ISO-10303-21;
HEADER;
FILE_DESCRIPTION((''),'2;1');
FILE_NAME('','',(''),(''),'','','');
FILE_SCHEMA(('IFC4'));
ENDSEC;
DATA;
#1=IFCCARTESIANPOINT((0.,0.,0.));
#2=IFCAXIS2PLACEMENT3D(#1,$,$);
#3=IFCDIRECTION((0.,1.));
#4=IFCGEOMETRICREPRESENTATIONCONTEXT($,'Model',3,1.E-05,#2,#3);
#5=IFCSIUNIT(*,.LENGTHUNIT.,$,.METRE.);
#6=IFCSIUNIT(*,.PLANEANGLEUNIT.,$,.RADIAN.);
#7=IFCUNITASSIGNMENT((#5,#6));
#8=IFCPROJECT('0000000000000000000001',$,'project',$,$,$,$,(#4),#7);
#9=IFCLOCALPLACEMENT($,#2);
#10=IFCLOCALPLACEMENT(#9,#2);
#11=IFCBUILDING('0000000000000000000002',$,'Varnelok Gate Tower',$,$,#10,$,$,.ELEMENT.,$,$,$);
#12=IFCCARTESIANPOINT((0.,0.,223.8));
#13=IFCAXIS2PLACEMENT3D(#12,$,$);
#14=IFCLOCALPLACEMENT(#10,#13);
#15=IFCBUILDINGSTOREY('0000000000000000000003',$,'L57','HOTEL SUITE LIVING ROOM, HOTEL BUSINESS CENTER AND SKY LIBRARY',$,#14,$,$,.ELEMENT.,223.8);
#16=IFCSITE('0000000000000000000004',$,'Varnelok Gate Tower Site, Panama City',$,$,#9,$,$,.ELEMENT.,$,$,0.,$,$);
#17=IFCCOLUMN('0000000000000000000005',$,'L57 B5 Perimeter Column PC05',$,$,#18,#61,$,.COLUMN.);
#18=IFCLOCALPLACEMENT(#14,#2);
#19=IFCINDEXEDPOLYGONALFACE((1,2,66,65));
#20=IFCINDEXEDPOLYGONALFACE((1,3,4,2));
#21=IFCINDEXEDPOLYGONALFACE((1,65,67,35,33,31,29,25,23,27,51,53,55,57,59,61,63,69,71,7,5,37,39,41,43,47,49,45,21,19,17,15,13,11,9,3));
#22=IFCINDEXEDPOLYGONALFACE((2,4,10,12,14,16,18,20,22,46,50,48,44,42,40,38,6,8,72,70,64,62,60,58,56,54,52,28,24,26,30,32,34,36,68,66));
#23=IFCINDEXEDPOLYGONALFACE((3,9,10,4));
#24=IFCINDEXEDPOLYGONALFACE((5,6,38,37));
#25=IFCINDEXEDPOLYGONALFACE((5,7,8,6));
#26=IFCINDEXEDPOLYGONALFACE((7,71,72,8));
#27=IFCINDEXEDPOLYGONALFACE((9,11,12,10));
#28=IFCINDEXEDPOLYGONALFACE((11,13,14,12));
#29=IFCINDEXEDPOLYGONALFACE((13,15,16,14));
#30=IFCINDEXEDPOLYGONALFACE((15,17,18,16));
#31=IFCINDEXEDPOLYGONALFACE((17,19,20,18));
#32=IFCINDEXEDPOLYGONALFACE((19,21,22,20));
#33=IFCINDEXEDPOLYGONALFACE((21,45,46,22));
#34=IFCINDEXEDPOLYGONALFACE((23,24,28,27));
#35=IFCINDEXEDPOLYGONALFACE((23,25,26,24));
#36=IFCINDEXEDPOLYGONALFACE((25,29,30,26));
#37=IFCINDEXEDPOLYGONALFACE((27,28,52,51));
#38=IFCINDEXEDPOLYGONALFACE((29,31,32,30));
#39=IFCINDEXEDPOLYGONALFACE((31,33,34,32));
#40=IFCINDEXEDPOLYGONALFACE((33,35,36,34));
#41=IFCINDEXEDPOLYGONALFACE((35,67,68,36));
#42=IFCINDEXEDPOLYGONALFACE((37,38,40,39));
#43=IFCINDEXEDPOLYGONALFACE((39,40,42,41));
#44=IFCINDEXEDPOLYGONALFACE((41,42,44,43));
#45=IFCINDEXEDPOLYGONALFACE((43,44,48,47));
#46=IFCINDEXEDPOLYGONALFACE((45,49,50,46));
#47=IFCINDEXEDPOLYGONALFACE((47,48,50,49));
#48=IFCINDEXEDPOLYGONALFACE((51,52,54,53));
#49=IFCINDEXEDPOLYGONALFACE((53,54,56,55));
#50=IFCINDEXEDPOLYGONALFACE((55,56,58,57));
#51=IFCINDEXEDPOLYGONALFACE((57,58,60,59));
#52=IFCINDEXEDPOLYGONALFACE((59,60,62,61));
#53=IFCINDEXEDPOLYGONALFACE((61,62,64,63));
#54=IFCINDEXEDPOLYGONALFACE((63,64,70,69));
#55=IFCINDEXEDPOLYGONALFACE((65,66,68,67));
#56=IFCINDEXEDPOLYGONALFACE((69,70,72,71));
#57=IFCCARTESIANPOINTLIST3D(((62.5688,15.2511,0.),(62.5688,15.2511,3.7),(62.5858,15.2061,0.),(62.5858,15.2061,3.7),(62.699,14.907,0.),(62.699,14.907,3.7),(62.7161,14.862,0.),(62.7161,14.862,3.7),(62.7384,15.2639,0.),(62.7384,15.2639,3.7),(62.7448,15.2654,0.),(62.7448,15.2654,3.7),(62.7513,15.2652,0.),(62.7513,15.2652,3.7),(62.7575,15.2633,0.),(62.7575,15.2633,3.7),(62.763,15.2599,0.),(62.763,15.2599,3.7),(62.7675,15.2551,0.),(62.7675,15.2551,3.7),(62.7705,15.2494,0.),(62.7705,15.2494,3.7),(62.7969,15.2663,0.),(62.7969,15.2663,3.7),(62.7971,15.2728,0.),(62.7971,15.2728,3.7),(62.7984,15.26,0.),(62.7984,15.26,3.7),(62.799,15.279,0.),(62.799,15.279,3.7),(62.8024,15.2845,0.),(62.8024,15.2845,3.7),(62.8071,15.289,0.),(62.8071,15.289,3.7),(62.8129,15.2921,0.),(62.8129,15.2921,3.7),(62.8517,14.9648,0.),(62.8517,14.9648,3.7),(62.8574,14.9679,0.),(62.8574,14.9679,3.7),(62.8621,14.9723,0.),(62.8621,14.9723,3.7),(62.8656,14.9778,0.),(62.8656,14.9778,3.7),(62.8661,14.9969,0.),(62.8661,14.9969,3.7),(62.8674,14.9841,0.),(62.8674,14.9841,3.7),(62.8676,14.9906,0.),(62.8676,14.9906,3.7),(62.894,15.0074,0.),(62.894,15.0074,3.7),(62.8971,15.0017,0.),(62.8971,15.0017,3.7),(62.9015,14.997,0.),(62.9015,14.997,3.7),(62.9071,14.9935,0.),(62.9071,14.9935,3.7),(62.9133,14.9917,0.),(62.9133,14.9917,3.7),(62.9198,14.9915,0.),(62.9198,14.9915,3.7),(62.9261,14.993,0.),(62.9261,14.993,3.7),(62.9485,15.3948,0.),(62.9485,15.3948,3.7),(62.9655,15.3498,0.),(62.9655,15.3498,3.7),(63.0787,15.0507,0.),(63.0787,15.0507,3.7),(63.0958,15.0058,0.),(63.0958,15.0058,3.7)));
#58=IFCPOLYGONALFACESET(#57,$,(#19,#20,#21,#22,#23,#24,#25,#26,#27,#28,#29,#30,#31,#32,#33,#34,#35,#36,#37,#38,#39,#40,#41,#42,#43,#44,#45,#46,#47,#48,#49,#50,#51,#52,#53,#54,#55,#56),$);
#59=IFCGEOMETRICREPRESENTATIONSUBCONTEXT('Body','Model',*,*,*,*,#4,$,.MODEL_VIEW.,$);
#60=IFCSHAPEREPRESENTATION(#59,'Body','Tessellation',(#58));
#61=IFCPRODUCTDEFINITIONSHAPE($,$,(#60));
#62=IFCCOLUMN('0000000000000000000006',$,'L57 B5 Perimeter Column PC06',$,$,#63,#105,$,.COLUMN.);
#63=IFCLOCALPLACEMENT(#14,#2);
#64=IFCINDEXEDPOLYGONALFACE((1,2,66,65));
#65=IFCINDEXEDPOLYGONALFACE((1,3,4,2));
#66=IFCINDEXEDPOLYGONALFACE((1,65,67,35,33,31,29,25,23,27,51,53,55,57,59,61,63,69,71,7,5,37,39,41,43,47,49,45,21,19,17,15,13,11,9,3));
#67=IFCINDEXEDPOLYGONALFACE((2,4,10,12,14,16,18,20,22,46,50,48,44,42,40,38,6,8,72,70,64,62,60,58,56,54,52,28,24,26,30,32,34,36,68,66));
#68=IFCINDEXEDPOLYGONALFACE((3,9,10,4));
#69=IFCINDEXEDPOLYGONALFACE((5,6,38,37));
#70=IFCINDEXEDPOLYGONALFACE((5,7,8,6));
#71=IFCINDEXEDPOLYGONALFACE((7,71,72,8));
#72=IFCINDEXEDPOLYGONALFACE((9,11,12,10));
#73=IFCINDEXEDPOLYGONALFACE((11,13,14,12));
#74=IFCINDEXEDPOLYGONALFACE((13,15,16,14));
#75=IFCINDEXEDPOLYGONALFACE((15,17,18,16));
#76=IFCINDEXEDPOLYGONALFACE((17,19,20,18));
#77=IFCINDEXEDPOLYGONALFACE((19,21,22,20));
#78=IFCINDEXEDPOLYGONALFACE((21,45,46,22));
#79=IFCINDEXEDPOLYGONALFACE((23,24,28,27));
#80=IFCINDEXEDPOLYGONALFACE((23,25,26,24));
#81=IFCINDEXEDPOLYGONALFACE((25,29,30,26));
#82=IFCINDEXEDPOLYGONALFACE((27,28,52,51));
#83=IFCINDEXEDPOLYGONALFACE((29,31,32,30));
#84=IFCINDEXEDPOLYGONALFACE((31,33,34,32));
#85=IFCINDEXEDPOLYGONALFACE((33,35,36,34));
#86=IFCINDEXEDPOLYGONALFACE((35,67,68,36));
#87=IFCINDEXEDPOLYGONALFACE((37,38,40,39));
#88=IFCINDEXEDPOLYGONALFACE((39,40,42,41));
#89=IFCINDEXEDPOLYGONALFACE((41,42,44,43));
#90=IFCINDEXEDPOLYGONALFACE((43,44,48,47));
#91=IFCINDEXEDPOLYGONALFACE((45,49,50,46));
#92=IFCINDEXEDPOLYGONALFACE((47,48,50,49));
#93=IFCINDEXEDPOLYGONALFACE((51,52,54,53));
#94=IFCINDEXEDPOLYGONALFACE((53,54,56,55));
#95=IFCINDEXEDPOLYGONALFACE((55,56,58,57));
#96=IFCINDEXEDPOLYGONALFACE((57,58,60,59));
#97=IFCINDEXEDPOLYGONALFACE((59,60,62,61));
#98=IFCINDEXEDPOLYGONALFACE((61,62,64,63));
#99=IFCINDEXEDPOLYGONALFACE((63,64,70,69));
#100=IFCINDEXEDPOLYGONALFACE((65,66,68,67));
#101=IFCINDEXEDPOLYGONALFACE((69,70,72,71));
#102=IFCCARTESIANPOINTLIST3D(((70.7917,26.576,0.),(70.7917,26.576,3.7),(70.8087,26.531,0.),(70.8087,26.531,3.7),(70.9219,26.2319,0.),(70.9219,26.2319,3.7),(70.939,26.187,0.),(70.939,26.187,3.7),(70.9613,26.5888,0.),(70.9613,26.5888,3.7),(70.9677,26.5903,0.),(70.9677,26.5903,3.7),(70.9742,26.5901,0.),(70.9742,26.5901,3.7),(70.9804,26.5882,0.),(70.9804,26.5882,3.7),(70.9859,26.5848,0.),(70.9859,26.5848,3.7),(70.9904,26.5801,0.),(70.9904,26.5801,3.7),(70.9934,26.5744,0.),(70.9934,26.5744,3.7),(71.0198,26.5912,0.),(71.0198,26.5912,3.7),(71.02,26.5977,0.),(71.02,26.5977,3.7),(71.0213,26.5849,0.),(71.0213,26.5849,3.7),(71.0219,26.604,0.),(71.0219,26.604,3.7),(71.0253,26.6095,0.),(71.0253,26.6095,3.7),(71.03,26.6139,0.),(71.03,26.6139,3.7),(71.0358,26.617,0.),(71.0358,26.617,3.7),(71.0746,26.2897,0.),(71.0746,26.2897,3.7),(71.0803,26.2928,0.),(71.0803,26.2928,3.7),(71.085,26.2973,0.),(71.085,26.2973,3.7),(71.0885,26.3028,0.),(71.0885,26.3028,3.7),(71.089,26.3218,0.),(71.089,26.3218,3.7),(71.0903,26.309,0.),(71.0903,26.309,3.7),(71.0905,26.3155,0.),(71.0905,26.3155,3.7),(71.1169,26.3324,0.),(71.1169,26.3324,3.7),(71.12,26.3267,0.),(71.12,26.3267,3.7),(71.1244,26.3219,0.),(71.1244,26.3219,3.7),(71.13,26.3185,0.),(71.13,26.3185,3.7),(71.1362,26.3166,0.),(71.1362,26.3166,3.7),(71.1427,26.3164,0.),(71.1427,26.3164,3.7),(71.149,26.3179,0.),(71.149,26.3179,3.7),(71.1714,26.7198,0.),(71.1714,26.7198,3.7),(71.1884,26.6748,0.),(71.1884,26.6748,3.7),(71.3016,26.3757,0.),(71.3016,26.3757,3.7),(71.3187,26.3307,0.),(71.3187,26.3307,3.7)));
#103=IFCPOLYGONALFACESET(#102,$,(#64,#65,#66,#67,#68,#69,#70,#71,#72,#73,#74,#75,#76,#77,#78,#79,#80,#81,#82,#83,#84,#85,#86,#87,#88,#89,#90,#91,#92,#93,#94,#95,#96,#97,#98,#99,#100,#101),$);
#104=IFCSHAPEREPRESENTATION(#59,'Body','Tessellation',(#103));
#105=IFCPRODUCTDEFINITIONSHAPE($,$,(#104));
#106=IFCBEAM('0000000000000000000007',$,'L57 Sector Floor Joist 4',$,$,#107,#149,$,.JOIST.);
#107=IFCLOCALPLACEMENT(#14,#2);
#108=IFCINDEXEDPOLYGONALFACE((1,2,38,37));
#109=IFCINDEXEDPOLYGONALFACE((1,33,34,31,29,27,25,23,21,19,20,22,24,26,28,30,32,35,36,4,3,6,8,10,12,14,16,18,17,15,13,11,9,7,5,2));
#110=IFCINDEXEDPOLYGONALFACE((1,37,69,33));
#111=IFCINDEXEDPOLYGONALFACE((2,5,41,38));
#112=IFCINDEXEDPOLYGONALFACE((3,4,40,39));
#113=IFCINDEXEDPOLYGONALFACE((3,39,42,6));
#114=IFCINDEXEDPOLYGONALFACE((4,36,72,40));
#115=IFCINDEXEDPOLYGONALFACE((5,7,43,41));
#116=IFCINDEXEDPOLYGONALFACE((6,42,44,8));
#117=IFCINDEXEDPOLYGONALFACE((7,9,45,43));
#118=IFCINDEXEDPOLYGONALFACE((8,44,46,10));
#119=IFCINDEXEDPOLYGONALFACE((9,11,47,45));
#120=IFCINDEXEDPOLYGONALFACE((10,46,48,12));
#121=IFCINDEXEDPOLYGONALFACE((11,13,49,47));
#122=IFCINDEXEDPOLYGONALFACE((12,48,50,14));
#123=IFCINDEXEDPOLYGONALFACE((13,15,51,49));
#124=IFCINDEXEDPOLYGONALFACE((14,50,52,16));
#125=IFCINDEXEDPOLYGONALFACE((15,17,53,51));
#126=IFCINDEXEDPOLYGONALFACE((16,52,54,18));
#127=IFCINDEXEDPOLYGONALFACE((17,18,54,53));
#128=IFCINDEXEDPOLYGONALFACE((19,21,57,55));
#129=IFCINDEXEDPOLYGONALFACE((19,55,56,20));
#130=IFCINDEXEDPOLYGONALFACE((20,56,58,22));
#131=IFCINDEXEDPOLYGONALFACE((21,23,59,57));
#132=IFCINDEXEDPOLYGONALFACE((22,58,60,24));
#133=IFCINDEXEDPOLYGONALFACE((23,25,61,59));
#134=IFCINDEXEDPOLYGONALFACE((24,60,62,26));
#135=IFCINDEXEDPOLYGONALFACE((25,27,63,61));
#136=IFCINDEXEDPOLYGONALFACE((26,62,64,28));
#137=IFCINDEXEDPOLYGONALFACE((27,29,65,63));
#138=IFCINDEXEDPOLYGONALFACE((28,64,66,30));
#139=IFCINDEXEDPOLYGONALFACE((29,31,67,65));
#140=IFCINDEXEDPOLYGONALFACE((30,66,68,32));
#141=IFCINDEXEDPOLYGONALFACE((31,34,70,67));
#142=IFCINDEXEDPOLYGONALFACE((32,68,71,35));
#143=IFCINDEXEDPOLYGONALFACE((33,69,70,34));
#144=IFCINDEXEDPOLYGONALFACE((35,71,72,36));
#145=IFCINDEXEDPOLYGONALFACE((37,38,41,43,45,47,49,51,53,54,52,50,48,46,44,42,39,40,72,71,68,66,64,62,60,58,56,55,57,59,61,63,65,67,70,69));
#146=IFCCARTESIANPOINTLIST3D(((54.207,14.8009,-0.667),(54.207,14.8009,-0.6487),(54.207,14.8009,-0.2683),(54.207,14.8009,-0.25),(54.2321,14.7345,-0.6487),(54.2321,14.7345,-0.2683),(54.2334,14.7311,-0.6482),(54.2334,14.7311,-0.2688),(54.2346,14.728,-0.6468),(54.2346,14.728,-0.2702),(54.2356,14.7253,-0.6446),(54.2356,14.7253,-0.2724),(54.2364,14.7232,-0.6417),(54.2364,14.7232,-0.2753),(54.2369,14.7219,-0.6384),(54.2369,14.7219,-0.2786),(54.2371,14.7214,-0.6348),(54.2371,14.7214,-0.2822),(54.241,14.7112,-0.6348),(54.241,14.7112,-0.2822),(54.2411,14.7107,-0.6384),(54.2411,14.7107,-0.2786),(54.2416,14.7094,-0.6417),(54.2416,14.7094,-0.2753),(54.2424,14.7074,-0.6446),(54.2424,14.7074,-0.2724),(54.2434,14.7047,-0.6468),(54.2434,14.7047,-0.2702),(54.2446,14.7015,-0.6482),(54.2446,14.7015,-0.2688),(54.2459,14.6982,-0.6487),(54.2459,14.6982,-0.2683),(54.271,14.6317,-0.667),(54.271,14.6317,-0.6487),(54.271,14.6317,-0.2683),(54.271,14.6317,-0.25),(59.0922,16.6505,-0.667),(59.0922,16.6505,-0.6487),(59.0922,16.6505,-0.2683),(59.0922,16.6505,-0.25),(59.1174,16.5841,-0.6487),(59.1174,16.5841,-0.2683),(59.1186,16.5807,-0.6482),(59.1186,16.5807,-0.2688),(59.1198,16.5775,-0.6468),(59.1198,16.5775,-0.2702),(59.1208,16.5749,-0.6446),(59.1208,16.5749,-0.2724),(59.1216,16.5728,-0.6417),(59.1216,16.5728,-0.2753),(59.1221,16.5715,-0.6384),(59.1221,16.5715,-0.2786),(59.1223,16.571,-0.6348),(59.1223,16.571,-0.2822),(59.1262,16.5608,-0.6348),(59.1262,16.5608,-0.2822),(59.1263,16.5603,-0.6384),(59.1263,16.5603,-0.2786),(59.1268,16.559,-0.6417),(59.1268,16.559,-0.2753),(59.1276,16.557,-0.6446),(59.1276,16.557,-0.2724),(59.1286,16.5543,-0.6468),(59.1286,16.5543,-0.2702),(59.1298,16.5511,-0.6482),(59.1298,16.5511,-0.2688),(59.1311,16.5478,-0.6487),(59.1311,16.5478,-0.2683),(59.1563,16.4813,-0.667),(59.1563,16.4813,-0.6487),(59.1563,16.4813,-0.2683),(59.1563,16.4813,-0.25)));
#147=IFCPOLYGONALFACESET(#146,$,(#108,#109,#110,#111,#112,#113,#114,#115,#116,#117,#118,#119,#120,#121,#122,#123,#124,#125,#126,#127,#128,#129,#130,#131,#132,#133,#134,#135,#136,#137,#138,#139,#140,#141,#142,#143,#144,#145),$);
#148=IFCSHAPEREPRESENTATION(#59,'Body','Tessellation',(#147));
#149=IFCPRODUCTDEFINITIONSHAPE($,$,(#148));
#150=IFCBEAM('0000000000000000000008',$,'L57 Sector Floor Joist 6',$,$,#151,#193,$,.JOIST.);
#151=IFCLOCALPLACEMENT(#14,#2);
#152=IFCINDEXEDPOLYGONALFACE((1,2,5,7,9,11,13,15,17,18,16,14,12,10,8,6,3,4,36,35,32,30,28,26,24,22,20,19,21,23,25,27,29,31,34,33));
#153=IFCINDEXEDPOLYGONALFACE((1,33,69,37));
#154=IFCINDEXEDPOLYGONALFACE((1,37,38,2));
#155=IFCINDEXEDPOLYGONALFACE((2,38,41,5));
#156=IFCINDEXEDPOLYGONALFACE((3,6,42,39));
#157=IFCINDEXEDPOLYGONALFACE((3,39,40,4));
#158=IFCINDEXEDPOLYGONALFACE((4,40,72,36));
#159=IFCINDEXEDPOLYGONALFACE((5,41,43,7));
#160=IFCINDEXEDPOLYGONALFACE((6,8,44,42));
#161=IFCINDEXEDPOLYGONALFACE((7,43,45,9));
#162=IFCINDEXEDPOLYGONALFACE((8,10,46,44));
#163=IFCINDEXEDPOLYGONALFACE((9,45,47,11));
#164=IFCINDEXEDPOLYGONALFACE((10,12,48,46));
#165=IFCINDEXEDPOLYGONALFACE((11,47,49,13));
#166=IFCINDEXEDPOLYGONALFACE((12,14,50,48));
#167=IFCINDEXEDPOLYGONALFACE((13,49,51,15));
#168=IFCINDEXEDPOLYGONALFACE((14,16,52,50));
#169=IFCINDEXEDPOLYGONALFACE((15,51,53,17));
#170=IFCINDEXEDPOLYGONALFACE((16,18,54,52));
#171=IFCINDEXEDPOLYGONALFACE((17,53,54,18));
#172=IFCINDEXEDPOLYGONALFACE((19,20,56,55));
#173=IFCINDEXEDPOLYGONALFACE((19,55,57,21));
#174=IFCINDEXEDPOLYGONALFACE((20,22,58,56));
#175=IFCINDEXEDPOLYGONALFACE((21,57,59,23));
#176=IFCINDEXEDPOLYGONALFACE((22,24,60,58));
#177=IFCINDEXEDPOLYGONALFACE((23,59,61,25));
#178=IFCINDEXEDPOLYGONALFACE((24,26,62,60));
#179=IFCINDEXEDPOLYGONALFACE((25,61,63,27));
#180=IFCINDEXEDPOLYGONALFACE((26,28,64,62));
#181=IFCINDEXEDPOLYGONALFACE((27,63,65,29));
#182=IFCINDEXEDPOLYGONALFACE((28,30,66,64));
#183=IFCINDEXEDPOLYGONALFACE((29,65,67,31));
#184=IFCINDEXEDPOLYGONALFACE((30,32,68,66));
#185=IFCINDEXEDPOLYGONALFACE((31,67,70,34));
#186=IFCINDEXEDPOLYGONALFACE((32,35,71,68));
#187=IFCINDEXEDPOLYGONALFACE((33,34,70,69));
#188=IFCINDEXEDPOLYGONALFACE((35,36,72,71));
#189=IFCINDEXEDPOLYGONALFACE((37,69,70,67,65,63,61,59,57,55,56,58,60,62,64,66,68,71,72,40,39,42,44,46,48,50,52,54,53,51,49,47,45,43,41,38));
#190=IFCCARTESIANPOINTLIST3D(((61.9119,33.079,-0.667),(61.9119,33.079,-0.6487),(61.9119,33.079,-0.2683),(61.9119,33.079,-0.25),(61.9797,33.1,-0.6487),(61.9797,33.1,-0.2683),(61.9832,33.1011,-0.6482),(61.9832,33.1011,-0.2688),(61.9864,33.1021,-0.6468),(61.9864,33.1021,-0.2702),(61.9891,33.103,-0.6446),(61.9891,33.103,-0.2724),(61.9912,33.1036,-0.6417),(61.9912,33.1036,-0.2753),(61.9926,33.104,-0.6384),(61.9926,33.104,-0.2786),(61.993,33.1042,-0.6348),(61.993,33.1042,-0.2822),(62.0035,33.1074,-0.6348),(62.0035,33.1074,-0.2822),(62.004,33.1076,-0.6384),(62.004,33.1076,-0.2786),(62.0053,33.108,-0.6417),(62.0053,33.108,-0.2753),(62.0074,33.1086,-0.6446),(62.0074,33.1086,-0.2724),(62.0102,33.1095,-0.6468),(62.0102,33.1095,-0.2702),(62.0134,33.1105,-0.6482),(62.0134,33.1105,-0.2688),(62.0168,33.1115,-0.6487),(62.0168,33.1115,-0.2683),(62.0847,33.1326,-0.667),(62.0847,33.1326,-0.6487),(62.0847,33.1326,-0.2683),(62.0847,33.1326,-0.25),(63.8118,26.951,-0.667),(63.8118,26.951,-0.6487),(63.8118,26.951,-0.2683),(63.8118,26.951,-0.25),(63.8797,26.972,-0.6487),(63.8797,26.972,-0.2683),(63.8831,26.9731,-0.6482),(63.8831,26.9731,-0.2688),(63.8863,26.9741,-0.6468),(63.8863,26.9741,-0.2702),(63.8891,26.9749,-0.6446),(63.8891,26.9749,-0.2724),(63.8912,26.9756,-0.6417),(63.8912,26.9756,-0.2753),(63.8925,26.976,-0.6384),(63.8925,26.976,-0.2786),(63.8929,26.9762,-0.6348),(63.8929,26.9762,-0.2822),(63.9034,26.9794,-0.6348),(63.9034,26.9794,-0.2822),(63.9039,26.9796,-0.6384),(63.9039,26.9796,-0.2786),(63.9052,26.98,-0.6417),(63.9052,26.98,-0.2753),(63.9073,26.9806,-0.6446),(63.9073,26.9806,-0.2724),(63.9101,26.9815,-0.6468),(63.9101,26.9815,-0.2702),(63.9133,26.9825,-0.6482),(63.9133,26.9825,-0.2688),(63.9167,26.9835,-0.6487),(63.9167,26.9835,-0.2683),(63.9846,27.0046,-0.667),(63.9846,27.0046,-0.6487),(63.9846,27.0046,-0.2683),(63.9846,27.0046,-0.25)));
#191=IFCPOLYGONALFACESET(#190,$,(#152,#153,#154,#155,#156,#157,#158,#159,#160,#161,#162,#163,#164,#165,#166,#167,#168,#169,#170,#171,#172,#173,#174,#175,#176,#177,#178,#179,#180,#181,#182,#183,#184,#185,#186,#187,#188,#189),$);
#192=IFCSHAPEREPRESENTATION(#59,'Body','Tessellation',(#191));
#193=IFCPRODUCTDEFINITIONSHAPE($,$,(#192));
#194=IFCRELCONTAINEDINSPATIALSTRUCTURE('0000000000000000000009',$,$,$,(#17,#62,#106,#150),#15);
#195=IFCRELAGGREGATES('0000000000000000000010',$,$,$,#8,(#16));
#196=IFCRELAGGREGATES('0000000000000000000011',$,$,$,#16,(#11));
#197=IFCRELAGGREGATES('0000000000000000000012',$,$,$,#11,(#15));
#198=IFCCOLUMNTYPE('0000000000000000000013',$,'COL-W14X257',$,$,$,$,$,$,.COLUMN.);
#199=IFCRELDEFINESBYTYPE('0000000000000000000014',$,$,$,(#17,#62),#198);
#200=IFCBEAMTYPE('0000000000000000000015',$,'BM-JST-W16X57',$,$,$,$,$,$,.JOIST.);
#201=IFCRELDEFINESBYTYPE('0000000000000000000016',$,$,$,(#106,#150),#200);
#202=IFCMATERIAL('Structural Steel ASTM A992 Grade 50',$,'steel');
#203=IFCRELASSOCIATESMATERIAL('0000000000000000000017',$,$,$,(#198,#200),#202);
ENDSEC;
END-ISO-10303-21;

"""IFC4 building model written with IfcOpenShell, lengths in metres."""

from ifc_helpers import new_model, si_unit, direction, frame, origin, origin_2d, place, context, subcontext, project, spatial, i_section, extrude, material, material_profile, profile_set, type_object, element, save


model = new_model("IFC4")

# Units and contexts
model_context = context("Model", 3, precision=1e-05, world=origin(), true_north=direction((0.0, 1.0)))
body_context = subcontext(model_context, "Body", "Model", "MODEL_VIEW")
ifc_project = project(units=[si_unit("LENGTHUNIT", "METRE"), si_unit("PLANEANGLEUNIT", "RADIAN")], contexts=[model_context])

# Site, building, storey
site_placement = place(None, origin())
site = spatial("IfcSite", under=ifc_project, at=site_placement, Name="Varnelok Gate Tower Site, Panama City", CompositionType="ELEMENT", RefElevation=0.0)
building_placement = place(site_placement, origin())
building = spatial("IfcBuilding", under=site, at=building_placement, Name="Varnelok Gate Tower", CompositionType="ELEMENT")
storey_placement = place(building_placement, frame((0.0, 0.0, 223.8)))
storey = spatial("IfcBuildingStorey", under=building, at=storey_placement, Name="L57", Description="HOTEL SUITE LIVING ROOM, HOTEL BUSINESS CENTER AND SKY LIBRARY", CompositionType="ELEMENT", Elevation=223.8)

# Columns
ifc_material_1 = material(Name="Structural Steel ASTM A992 Grade 50", Category="steel")
ifc_material_profile_1 = material_profile(ifc_material_1, i_section(OverallWidth=0.406, OverallDepth=0.416, WebThickness=0.0298, FlangeThickness=0.0481, FilletRadius=0.0249, at=origin_2d()), Name="W14X257")
ifc_profile_set_1 = profile_set([ifc_material_profile_1], Name="Structural Steel ASTM A992 Grade 50")
column_type = type_object("IfcColumnType", Name="COL-W14X257", PredefinedType="COLUMN", material=ifc_profile_set_1)
for number, where, z_axis, x_axis, name in (
    (1, (62.8323, 15.1284, 0.0), (0.0, 0.0, 1.0), (0.935222, 0.354063, 0.0), "L57 B5 Perimeter Column PC05"),
    (2, (71.0552, 26.4534, 0.0), (0.0, 0.0, 1.0), (0.935222, 0.354063, 0.0), "L57 B5 Perimeter Column PC06"),
):
    element("IfcColumn", number, at=place(storey_placement, frame(where, z_axis=z_axis, x_axis=x_axis)), inside=storey, type_object=column_type, Name=name, PredefinedType="COLUMN", context=body_context, shape_type="SweptSolid", body=[
        extrude(i_section(OverallWidth=0.406, OverallDepth=0.416, WebThickness=0.0298, FlangeThickness=0.0481, FilletRadius=0.0249, at=origin_2d()), origin(), (0.0, 0.0, 1.0), 3.7),
    ])

# Beams
ifc_material_profile_2 = material_profile(ifc_material_1, i_section(OverallWidth=0.1809, OverallDepth=0.417, WebThickness=0.011, FlangeThickness=0.0183, FilletRadius=0.0139, at=origin_2d()), Name="W16X57")
ifc_profile_set_2 = profile_set([ifc_material_profile_2], Name="Structural Steel ASTM A992 Grade 50")
beam_type_1 = type_object("IfcBeamType", Name="BM-JST-W16X57", PredefinedType="JOIST", material=ifc_profile_set_2)
beam_1_placement = place(storey_placement, frame((54.239, 14.7163, -0.4585), z_axis=(0.935214, 0.354082, 0.0), x_axis=(-0.354082, 0.935214, 0.0)))
element("IfcBeam", 3, at=beam_1_placement, inside=storey, type_object=beam_type_1, Name="L57 Sector Floor Joist 4", PredefinedType="JOIST", context=body_context, shape_type="SweptSolid", body=[
    extrude(i_section(OverallWidth=0.1809, OverallDepth=0.417, WebThickness=0.011, FlangeThickness=0.0183, FilletRadius=0.0139, at=origin_2d()), origin(), (0.0, 0.0, 1.0), 5.2236),
])
beam_2_placement = place(storey_placement, frame((63.8982, 26.9778, -0.4585), z_axis=(-0.296133, 0.955147, 0.0), x_axis=(-0.955147, -0.296133, 0.0)))
element("IfcBeam", 4, at=beam_2_placement, inside=storey, type_object=beam_type_1, Name="L57 Sector Floor Joist 6", PredefinedType="JOIST", context=body_context, shape_type="SweptSolid", body=[
    extrude(i_section(OverallWidth=0.1809, OverallDepth=0.417, WebThickness=0.011, FlangeThickness=0.0183, FilletRadius=0.0139, at=origin_2d()), origin(), (0.0, 0.0, 1.0), 6.4158),
])

save(model, "model.ifc")
